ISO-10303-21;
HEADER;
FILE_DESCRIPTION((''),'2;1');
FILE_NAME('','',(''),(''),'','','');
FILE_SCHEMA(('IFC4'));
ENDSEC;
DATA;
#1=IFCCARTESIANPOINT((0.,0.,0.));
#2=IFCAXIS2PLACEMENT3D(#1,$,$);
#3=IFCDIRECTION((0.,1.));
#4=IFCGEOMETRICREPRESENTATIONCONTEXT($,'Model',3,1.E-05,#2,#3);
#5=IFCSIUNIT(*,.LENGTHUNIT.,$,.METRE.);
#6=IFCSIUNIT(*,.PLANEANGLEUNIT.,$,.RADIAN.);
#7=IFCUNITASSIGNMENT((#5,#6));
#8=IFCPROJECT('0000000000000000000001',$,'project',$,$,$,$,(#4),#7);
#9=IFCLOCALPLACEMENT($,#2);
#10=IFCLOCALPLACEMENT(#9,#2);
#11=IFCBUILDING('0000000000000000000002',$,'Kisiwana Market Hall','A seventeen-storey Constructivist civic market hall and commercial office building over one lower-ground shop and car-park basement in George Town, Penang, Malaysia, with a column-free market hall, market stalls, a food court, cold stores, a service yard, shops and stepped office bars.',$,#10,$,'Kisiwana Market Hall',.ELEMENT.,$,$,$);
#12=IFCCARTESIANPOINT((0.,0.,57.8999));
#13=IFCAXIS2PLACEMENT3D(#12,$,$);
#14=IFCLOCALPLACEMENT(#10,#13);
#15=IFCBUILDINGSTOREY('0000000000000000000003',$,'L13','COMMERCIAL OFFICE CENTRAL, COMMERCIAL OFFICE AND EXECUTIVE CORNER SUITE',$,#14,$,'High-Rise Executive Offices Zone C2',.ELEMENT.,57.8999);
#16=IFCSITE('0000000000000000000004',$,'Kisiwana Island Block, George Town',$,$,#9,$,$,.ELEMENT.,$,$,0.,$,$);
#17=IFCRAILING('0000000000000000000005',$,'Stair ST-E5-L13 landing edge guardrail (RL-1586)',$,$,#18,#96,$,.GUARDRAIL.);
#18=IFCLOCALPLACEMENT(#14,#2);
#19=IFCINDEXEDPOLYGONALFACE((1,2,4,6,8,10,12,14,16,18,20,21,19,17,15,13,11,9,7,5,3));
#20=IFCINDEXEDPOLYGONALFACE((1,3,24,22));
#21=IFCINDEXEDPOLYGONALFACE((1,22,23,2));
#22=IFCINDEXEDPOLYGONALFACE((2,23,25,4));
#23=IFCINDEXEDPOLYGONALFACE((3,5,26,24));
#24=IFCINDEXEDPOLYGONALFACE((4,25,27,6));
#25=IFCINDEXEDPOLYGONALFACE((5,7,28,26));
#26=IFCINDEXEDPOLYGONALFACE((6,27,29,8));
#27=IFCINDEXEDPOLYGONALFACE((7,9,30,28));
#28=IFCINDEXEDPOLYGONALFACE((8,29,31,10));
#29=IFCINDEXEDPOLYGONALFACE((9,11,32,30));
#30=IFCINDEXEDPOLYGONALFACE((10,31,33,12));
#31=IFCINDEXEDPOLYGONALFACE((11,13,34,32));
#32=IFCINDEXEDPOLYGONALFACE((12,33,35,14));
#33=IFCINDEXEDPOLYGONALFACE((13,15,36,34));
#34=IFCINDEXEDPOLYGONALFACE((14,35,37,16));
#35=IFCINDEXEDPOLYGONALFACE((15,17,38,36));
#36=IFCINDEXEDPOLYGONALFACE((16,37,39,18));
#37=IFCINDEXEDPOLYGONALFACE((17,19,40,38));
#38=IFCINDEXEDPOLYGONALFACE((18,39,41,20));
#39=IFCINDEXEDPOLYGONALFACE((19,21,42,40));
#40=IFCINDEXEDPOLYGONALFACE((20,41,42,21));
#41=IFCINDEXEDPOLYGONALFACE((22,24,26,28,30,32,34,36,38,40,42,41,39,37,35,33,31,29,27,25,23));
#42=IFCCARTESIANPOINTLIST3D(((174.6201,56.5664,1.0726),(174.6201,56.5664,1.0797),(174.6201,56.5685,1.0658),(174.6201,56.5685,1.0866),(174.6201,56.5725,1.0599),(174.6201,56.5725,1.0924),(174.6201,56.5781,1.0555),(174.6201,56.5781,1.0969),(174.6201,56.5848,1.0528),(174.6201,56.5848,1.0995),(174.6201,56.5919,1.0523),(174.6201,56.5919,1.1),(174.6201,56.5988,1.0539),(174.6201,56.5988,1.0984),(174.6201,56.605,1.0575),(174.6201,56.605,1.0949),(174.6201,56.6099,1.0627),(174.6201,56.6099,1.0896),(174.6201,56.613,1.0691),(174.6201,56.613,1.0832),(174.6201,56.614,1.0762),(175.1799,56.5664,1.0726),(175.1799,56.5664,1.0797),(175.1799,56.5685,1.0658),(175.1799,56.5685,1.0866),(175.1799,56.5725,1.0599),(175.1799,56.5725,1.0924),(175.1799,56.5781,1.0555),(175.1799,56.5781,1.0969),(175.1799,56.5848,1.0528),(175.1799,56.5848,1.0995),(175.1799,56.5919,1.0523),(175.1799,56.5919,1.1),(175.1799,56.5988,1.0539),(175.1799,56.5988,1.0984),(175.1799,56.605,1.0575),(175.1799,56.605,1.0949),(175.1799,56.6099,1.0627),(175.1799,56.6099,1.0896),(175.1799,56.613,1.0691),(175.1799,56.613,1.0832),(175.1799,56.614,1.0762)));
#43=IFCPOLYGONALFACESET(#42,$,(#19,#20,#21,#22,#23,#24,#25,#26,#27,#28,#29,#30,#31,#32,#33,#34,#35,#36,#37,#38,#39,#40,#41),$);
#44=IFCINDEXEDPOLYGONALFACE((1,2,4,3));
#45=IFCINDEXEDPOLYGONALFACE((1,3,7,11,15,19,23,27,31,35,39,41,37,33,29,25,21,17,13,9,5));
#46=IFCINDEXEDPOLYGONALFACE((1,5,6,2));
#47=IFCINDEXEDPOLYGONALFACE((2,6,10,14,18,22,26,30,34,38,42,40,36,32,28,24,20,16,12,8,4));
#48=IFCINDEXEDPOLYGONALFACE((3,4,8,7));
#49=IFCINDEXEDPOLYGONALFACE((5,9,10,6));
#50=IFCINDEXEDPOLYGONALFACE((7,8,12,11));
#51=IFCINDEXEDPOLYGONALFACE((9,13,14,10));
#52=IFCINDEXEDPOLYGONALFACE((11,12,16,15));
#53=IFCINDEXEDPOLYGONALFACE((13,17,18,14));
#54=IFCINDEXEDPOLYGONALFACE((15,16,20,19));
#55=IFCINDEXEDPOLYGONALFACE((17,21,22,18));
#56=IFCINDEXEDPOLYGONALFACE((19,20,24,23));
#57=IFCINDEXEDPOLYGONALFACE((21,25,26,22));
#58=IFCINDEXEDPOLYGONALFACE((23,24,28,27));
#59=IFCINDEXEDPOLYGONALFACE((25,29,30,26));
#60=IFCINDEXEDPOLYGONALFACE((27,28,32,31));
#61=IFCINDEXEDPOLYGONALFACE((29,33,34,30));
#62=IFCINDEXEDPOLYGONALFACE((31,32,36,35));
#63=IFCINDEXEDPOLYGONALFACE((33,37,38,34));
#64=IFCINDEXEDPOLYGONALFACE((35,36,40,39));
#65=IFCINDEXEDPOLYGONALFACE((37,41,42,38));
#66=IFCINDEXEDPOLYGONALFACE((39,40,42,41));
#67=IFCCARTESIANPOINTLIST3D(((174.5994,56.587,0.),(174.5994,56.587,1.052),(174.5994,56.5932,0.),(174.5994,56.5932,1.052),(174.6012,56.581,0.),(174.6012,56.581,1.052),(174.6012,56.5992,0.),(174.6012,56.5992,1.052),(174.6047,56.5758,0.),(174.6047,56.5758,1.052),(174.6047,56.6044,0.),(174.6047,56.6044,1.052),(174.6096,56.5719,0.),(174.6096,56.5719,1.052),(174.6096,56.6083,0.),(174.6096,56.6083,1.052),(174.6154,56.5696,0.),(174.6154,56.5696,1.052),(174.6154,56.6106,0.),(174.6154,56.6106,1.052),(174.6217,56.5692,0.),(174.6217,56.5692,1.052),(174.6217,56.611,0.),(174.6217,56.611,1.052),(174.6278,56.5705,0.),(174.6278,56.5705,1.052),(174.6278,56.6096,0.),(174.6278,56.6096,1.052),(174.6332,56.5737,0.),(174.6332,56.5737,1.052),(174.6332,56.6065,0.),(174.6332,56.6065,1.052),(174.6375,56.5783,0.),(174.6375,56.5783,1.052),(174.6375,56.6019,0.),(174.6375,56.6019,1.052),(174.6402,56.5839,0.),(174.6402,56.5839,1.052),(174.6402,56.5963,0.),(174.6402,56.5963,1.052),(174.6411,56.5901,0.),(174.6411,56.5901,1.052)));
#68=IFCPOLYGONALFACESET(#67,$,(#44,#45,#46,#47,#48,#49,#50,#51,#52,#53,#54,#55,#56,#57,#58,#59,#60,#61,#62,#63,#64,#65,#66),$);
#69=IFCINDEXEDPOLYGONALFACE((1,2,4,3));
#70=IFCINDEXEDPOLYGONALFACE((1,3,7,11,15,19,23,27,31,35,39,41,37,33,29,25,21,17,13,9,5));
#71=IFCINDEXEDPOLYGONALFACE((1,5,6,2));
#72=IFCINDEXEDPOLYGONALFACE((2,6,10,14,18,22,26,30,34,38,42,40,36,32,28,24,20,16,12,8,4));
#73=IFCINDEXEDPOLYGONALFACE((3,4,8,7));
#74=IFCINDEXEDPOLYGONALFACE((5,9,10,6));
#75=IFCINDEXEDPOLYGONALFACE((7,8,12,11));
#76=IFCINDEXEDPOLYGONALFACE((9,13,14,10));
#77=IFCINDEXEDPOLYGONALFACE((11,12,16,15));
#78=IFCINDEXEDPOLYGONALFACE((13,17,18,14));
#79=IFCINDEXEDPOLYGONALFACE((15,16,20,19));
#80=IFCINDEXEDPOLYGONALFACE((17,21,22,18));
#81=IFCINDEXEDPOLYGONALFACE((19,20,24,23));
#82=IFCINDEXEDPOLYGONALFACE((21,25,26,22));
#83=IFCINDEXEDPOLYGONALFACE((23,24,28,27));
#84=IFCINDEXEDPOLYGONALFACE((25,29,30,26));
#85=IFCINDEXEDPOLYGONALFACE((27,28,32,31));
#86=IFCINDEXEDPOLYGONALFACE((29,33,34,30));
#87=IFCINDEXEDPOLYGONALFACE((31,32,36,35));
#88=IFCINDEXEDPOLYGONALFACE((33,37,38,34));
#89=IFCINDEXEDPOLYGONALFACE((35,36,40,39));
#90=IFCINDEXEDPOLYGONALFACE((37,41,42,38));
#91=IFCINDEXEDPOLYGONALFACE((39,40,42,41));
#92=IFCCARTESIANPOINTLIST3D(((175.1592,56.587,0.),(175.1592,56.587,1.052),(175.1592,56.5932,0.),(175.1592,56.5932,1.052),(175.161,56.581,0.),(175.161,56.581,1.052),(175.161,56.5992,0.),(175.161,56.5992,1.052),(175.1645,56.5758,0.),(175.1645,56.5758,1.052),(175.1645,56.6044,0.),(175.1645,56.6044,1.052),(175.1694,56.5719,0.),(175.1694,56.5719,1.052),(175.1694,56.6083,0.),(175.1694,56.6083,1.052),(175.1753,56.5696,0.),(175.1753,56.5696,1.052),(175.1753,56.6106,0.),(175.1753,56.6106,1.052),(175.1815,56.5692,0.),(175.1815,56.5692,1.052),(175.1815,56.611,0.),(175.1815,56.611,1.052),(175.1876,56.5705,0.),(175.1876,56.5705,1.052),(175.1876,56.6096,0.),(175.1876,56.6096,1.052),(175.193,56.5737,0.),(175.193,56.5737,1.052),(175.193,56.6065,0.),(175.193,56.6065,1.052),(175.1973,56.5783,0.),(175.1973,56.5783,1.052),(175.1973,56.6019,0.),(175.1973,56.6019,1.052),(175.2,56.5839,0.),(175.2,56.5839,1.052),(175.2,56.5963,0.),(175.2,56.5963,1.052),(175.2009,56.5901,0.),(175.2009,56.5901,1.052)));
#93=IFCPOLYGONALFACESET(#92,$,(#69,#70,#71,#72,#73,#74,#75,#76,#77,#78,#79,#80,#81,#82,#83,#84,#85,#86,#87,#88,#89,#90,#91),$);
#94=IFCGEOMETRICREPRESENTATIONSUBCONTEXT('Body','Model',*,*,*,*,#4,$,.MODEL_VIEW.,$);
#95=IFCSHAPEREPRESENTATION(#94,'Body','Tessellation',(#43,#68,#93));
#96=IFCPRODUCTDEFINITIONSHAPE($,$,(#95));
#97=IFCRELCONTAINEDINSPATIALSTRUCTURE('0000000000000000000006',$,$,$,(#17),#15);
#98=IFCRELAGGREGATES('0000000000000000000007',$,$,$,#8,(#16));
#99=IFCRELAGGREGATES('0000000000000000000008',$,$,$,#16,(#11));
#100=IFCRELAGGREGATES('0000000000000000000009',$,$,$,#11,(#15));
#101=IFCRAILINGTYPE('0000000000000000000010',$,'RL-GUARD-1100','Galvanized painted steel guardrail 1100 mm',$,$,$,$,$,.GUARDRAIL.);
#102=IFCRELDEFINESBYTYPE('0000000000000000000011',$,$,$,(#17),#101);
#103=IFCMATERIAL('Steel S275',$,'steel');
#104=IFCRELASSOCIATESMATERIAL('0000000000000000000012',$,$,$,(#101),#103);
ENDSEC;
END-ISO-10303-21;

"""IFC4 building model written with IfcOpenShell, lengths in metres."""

from ifc_helpers import new_model, si_unit, direction, frame, origin, origin_2d, place, context, subcontext, project, spatial, circle, extrude, material, type_object, element, save


model = new_model("IFC4")

# Units and contexts
model_context = context("Model", 3, precision=1e-05, world=origin(), true_north=direction((0.0, 1.0)))
body_context = subcontext(model_context, "Body", "Model", "MODEL_VIEW")
ifc_project = project(units=[si_unit("LENGTHUNIT", "METRE"), si_unit("PLANEANGLEUNIT", "RADIAN")], contexts=[model_context])

# Site, building, storey
site_placement = place(None, origin())
site = spatial("IfcSite", under=ifc_project, at=site_placement, Name="Kisiwana Island Block, George Town", CompositionType="ELEMENT", RefElevation=0.0)
building_placement = place(site_placement, origin())
building = spatial("IfcBuilding", under=site, at=building_placement, Name="Kisiwana Market Hall", Description="A seventeen-storey Constructivist civic market hall and commercial office building over one lower-ground shop and car-park basement in George Town, Penang, Malaysia, with a column-free market hall, market stalls, a food court, cold stores, a service yard, shops and stepped office bars.", LongName="Kisiwana Market Hall", CompositionType="ELEMENT")
storey_placement = place(building_placement, frame((0.0, 0.0, 57.8999)))
storey = spatial("IfcBuildingStorey", under=building, at=storey_placement, Name="L13", Description="COMMERCIAL OFFICE CENTRAL, COMMERCIAL OFFICE AND EXECUTIVE CORNER SUITE", LongName="High-Rise Executive Offices Zone C2", CompositionType="ELEMENT", Elevation=57.8999)

# Railing
ifc_material_1 = material(Name="Steel S275", Category="steel")
railing_type_1 = type_object("IfcRailingType", Name="RL-GUARD-1100", Description="Galvanized painted steel guardrail 1100 mm", PredefinedType="GUARDRAIL", material=ifc_material_1)
for number, where, name in (
    (1, (174.6201, 56.5901, 0.0), "Stair ST-E5-L13 landing edge guardrail (RL-1586)"),
):
    element("IfcRailing", number, at=place(storey_placement, frame(where)), inside=storey, type_object=railing_type_1, Name=name, PredefinedType="GUARDRAIL", context=body_context, shape_type="SweptSolid", body=[
        extrude(circle(Radius=0.0239, at=origin_2d()), frame((0.0, 0.0, 1.0762), z_axis=(1.0, 0.0, 0.0), x_axis=(0.0, 1.0, 0.0)), (0.0, 0.0, 1.0), 0.5598),
        extrude(circle(Radius=0.021, at=origin_2d()), origin(), (0.0, 0.0, 1.0), 1.052),
        extrude(circle(Radius=0.021, at=origin_2d()), frame((0.5598, 0.0, 0.0)), (0.0, 0.0, 1.0), 1.052),
    ])

save(model, "model.ifc")
